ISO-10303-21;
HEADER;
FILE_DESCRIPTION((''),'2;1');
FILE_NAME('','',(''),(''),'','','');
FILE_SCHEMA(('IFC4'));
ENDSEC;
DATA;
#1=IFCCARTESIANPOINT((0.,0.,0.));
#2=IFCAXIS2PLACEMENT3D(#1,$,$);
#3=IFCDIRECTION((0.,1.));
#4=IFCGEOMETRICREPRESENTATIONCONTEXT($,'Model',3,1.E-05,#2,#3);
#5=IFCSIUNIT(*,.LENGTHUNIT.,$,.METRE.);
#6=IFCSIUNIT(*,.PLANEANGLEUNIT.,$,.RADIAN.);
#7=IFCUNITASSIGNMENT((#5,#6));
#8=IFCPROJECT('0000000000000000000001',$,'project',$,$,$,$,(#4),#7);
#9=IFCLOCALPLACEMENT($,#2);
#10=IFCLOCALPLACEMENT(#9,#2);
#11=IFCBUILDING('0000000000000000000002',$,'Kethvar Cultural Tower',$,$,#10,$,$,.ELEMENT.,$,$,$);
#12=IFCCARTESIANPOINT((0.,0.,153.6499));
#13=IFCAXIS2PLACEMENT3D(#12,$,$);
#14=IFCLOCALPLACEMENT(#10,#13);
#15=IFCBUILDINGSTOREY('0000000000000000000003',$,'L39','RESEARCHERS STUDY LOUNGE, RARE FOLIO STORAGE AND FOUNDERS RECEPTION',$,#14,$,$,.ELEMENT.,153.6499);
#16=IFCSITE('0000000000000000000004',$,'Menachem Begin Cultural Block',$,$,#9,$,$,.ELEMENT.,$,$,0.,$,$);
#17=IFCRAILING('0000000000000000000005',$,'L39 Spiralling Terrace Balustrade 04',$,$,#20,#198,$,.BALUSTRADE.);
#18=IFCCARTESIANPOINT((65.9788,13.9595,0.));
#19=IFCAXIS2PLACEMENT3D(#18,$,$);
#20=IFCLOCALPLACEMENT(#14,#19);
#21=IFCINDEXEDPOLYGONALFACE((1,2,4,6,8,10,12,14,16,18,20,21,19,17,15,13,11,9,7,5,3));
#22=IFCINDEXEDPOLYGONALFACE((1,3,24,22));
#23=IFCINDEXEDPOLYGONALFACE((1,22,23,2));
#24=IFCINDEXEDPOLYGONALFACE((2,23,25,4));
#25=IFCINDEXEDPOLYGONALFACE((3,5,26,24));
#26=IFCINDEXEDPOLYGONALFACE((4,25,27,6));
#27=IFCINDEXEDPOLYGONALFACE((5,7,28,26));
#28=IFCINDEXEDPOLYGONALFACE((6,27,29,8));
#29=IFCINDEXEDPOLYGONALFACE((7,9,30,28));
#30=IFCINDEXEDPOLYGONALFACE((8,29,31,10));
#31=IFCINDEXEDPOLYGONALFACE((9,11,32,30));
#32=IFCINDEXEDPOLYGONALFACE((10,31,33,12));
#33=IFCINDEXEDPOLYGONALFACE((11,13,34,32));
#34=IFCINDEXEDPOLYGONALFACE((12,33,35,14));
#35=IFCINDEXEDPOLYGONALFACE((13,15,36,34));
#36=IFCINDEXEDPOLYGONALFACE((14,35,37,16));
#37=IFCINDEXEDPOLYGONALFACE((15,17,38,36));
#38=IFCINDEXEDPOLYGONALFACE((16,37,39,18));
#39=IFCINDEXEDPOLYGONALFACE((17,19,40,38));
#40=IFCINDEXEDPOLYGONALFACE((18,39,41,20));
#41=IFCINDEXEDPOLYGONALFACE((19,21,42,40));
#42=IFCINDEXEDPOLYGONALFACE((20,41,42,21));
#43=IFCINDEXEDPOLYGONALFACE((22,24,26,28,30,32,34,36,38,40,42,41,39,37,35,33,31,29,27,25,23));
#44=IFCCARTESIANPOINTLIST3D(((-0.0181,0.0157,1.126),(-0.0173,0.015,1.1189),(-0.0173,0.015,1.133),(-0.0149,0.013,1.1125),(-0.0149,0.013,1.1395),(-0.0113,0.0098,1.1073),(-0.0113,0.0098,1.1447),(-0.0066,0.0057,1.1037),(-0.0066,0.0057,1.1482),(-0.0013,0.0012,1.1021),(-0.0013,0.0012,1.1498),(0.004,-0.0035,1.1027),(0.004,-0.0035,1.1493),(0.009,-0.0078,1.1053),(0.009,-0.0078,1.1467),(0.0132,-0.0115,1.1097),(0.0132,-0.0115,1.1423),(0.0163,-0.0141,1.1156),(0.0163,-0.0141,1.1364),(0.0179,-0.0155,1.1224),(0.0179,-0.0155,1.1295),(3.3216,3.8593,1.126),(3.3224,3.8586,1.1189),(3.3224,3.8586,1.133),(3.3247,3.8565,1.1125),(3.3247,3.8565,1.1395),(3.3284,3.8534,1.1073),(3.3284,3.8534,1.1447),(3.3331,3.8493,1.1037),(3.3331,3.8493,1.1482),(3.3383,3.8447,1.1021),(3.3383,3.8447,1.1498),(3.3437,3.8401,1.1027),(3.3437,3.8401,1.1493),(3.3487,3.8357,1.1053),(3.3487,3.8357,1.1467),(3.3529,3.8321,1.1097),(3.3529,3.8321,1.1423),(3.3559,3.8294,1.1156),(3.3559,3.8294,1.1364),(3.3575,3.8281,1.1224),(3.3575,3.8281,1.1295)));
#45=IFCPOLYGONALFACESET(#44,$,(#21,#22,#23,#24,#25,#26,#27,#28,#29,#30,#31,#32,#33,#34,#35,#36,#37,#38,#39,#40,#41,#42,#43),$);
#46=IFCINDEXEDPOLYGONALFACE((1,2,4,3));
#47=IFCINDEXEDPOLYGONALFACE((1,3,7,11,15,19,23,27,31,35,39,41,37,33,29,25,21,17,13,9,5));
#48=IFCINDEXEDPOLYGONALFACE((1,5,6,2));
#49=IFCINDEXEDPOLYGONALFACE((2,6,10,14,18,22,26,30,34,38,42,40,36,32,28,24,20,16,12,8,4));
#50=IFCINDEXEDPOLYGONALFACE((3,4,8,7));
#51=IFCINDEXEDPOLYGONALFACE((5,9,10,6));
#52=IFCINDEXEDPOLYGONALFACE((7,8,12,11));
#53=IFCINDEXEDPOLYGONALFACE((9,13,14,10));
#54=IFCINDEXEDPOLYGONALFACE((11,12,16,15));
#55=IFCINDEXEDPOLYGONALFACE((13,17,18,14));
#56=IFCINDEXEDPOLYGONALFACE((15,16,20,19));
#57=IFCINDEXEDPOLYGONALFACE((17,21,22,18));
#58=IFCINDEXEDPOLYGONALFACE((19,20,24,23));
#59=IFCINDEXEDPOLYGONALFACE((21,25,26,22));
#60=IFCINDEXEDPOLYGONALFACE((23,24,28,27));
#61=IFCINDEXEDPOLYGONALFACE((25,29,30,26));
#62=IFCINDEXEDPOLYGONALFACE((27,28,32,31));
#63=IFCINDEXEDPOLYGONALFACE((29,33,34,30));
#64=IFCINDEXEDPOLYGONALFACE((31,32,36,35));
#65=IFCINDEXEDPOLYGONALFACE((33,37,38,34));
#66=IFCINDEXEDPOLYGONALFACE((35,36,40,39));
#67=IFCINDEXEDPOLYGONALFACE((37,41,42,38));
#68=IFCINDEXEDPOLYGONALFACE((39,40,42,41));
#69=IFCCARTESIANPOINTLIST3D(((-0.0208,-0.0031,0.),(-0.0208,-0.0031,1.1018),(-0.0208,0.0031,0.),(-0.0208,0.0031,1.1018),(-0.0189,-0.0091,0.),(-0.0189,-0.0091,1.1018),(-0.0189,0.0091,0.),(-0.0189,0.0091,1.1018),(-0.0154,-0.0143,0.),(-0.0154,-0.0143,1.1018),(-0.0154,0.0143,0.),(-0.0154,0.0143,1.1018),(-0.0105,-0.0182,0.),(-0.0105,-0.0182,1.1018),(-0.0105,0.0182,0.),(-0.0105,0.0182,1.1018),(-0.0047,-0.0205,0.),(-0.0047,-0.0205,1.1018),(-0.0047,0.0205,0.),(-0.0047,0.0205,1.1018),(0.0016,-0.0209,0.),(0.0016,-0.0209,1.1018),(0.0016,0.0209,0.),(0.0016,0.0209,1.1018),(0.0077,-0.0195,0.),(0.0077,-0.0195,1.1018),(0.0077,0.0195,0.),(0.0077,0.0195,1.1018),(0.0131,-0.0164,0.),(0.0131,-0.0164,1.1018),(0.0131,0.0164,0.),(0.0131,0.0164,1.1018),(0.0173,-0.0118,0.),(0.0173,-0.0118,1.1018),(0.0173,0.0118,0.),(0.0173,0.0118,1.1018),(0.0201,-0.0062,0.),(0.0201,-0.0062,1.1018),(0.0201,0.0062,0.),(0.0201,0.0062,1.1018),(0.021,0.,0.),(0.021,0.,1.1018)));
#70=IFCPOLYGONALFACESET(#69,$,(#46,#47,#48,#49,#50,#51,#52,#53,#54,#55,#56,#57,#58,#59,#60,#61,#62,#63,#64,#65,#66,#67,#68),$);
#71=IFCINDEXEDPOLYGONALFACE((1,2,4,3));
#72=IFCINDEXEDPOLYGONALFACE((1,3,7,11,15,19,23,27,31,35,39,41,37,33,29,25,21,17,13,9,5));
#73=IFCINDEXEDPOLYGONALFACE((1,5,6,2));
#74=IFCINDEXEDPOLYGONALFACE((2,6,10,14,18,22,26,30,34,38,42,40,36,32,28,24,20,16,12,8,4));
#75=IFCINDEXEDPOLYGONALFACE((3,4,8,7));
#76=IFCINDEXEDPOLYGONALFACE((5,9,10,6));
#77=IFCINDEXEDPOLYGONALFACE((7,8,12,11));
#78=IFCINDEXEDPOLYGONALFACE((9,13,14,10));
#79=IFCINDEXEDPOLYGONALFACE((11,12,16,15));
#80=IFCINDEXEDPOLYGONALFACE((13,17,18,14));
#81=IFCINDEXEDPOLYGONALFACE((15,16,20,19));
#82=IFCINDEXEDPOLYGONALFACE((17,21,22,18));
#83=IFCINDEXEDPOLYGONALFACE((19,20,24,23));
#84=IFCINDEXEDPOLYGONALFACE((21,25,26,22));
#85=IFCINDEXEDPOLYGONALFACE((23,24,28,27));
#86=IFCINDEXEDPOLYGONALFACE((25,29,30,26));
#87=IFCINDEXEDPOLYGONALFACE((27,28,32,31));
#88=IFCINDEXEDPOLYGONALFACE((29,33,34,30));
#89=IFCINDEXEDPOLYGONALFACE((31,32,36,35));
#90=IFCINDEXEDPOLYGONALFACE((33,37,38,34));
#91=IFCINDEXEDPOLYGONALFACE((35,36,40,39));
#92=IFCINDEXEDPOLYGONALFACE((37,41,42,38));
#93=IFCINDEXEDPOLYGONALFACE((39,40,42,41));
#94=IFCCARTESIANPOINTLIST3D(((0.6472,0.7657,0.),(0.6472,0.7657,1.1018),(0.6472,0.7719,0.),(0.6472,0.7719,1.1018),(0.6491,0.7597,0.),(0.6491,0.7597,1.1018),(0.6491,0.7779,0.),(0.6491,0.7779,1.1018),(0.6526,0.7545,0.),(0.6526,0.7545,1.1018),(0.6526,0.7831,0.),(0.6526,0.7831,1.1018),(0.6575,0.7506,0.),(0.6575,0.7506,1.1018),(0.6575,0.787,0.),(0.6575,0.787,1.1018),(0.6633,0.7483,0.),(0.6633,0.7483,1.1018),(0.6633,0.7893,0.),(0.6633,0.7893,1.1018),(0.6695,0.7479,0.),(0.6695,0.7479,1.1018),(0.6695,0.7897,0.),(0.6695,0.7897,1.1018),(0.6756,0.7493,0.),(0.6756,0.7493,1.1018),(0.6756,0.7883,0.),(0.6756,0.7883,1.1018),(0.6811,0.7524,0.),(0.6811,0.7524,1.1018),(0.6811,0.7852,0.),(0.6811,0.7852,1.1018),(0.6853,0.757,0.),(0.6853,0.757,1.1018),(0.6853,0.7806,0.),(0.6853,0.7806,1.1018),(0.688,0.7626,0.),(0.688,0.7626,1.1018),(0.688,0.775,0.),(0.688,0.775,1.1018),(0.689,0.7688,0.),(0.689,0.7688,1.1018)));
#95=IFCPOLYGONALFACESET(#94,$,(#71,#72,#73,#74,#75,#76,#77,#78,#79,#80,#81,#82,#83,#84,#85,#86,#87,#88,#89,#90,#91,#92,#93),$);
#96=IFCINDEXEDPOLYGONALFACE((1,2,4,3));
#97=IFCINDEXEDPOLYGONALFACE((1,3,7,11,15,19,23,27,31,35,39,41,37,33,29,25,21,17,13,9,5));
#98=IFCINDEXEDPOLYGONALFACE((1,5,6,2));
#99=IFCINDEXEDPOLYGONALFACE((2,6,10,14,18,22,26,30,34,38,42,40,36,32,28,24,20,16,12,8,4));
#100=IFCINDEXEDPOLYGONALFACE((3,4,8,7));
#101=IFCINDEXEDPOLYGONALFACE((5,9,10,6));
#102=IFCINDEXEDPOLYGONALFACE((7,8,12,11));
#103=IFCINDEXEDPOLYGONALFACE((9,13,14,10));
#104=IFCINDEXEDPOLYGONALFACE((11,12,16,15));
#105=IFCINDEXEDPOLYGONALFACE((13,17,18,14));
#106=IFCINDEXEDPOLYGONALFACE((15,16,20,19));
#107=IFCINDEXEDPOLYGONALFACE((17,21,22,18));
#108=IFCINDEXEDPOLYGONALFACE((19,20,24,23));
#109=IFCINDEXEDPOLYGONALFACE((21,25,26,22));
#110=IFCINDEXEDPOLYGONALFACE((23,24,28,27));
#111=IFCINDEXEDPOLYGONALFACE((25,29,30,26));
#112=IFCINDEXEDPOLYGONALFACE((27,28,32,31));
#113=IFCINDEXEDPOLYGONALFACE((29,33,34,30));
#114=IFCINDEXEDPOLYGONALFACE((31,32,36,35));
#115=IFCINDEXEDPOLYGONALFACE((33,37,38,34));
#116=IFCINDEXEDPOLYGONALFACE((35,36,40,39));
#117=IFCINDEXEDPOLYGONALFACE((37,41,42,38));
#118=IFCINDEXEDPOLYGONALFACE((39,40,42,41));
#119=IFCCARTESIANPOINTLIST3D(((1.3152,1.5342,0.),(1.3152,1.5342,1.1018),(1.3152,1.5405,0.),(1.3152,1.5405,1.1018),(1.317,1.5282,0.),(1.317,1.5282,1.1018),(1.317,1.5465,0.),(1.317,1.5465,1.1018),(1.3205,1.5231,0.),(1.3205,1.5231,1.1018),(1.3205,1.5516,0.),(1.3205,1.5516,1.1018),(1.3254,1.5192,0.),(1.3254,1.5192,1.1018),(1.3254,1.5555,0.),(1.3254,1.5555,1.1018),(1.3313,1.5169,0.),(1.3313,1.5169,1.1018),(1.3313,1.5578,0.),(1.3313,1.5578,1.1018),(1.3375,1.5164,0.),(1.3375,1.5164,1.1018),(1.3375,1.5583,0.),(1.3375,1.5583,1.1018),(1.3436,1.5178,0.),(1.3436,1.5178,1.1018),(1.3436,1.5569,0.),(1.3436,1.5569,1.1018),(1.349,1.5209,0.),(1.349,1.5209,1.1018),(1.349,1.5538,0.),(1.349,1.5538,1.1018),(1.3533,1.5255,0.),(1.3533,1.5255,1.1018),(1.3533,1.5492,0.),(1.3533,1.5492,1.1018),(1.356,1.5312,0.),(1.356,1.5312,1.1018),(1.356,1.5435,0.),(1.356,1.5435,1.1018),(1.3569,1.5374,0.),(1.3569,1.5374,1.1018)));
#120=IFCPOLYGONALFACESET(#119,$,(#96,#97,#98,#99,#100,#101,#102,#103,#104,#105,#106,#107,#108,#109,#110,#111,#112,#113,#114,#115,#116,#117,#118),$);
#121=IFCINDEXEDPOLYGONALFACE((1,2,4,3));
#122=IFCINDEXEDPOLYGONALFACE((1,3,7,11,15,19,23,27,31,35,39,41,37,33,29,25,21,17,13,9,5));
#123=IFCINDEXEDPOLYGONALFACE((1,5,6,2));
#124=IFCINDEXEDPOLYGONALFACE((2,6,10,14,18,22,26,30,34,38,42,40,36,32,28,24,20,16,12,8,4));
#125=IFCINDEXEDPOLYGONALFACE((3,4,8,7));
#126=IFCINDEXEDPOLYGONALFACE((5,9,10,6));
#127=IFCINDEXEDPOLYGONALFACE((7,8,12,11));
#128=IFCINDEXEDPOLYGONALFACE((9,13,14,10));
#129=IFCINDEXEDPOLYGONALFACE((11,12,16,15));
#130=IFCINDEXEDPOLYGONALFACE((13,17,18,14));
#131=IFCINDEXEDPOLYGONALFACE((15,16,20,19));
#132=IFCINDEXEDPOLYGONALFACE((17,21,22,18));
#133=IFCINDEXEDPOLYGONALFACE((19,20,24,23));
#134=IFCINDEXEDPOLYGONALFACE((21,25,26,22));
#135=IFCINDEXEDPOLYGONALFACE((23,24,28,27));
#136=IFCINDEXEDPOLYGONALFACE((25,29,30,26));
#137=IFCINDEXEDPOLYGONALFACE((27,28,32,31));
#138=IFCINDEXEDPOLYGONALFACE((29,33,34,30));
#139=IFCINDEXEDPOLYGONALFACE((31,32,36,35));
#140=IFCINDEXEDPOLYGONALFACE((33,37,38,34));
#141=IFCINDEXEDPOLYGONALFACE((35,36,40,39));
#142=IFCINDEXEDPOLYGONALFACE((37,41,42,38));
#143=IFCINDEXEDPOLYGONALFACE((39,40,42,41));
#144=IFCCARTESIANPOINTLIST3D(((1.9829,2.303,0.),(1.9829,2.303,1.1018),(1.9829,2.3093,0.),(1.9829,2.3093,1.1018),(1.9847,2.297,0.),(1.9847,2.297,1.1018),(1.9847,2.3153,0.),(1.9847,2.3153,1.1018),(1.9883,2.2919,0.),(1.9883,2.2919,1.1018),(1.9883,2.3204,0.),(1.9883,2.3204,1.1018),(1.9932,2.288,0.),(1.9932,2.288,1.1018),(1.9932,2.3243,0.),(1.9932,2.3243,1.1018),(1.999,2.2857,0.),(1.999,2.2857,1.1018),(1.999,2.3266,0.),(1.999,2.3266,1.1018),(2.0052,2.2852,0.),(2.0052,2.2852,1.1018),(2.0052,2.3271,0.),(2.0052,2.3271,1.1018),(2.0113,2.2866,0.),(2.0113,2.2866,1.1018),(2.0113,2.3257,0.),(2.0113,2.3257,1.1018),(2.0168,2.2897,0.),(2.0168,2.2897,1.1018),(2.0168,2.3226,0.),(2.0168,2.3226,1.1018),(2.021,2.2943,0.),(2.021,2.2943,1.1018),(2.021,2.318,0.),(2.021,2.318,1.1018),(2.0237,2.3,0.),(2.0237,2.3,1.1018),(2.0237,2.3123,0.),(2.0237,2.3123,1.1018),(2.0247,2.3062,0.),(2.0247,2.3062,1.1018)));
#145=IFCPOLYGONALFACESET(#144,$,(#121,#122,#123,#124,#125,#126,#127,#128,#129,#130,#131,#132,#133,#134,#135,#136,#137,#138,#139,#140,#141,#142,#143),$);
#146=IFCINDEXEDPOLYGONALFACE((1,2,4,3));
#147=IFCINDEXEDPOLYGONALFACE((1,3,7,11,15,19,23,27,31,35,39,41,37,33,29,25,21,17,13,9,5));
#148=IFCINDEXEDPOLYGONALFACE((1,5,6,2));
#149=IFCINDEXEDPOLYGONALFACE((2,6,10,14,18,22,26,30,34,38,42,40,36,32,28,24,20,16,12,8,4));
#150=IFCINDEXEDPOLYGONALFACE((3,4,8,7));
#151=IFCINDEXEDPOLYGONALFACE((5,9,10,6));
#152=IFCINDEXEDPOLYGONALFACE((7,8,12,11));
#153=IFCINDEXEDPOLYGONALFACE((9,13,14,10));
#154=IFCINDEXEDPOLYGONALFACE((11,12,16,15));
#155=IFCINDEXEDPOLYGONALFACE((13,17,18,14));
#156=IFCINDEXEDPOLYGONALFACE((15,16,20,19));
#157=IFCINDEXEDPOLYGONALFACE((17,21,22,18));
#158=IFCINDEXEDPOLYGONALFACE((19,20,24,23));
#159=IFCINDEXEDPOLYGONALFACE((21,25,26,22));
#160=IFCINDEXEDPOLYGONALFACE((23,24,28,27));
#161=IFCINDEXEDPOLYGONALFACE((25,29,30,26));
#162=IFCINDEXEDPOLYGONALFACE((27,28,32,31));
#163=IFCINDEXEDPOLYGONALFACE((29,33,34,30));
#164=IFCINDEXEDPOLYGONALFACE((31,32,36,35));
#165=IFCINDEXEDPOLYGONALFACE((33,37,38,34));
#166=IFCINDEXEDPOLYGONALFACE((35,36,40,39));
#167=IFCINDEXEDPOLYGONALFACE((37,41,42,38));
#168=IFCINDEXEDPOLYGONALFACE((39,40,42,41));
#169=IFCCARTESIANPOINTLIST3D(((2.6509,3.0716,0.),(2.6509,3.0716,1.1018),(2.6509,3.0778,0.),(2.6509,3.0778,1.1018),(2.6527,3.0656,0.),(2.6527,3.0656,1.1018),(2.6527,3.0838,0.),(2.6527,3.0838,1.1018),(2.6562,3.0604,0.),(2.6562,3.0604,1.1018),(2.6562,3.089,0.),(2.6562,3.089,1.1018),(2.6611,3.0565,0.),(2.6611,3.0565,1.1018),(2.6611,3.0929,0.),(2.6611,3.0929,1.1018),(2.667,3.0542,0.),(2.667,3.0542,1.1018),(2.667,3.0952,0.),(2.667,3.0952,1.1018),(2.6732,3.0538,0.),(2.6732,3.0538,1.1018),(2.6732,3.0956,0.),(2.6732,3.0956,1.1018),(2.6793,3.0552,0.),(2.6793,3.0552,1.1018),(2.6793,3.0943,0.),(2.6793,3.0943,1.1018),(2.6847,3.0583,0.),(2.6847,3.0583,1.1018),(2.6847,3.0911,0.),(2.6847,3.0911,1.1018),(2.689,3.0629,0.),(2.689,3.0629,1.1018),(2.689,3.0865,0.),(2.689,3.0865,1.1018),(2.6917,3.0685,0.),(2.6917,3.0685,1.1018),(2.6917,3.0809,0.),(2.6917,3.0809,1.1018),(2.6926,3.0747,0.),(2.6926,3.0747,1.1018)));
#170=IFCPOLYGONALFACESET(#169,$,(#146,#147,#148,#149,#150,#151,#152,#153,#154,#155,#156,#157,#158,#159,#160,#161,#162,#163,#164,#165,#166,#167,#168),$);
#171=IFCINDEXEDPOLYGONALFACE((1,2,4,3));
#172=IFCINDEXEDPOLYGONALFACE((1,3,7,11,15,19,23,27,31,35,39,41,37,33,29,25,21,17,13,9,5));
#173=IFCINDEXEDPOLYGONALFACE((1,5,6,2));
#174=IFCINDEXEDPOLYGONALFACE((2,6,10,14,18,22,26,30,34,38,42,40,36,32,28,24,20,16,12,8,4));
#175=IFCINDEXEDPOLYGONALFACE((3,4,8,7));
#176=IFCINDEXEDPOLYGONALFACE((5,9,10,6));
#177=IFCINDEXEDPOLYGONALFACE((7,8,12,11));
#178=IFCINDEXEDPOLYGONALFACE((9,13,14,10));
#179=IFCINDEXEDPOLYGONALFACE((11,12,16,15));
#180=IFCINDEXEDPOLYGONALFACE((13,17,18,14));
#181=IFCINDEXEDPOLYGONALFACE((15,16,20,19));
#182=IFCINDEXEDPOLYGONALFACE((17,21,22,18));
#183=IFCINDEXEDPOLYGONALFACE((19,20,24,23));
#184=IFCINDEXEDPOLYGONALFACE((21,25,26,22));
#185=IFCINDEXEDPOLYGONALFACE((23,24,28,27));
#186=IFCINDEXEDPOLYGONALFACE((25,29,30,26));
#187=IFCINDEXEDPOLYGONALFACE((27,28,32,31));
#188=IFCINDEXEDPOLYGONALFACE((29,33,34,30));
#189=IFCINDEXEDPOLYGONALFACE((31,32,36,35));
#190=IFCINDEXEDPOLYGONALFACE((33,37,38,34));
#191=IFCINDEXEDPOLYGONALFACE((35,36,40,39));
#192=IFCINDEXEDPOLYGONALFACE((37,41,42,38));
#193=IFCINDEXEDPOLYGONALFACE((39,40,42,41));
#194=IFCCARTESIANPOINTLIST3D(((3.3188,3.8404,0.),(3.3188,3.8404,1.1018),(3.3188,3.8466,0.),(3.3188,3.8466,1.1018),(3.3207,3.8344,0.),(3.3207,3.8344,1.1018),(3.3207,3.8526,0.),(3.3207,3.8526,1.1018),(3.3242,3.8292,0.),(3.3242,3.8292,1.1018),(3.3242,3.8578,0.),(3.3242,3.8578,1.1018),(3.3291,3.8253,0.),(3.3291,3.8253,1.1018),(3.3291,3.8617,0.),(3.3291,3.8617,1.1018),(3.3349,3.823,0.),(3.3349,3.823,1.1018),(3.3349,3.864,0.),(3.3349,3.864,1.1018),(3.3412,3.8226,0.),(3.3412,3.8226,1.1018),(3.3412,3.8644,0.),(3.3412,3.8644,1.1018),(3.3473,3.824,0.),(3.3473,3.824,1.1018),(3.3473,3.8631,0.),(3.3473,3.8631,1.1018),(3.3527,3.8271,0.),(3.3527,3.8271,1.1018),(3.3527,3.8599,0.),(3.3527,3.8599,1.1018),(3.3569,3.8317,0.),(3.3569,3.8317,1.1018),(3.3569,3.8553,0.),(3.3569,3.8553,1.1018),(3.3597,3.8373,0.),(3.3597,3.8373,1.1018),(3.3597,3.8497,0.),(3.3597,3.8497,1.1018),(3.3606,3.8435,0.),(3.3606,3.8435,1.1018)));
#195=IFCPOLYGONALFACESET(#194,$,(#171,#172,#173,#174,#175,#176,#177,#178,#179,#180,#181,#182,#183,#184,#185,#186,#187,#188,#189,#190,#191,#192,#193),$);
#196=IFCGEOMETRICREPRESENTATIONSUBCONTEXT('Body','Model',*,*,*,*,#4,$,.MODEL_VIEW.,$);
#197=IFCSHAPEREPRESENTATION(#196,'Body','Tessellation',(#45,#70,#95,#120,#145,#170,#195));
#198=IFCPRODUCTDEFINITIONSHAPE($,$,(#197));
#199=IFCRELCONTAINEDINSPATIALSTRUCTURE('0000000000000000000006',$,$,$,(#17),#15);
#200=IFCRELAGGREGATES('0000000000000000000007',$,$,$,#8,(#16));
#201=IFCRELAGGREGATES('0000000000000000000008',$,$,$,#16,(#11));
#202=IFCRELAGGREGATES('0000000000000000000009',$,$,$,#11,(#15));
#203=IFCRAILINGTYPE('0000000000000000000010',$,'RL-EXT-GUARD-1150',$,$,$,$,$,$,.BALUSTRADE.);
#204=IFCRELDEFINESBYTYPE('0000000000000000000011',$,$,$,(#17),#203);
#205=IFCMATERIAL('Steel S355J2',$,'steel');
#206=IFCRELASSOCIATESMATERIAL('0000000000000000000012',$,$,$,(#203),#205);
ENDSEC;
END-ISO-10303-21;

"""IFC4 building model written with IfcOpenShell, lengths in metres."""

from ifc_helpers import new_model, si_unit, direction, frame, origin, origin_2d, place, context, subcontext, project, spatial, circle, extrude, material, type_object, element, save


model = new_model("IFC4")

# Units and contexts
model_context = context("Model", 3, precision=1e-05, world=origin(), true_north=direction((0.0, 1.0)))
body_context = subcontext(model_context, "Body", "Model", "MODEL_VIEW")
ifc_project = project(units=[si_unit("LENGTHUNIT", "METRE"), si_unit("PLANEANGLEUNIT", "RADIAN")], contexts=[model_context])

# Site, building, storey
site_placement = place(None, origin())
site = spatial("IfcSite", under=ifc_project, at=site_placement, Name="Menachem Begin Cultural Block", CompositionType="ELEMENT", RefElevation=0.0)
building_placement = place(site_placement, origin())
building = spatial("IfcBuilding", under=site, at=building_placement, Name="Kethvar Cultural Tower", CompositionType="ELEMENT")
storey_placement = place(building_placement, frame((0.0, 0.0, 153.6499)))
storey = spatial("IfcBuildingStorey", under=building, at=storey_placement, Name="L39", Description="RESEARCHERS STUDY LOUNGE, RARE FOLIO STORAGE AND FOUNDERS RECEPTION", CompositionType="ELEMENT", Elevation=153.6499)

# Shared definitions
ifc_material_1 = material(Name="Steel S355J2", Category="steel")

# Railing
railing_type = type_object("IfcRailingType", Name="RL-EXT-GUARD-1150", PredefinedType="BALUSTRADE", material=ifc_material_1)
railing_1_placement = place(storey_placement, frame((65.9788, 13.9595, 0.0)))
element("IfcRailing", 1, at=railing_1_placement, inside=storey, type_object=railing_type, Name="L39 Spiralling Terrace Balustrade 04", PredefinedType="BALUSTRADE", context=body_context, shape_type="SweptSolid", body=[
    extrude(circle(Radius=0.0239, at=origin_2d()), frame((0.0, 0.0, 1.126), z_axis=(0.65589, 0.754856, 0.0), x_axis=(-0.754856, 0.65589, 0.0)), (0.0, 0.0, 1.0), 5.0918),
    extrude(circle(Radius=0.021, at=origin_2d()), origin(), (0.0, 0.0, 1.0), 1.1018),
    extrude(circle(Radius=0.021, at=origin_2d()), frame((0.668, 0.7688, 0.0)), (0.0, 0.0, 1.0), 1.1018),
    extrude(circle(Radius=0.021, at=origin_2d()), frame((1.3359, 1.5374, 0.0)), (0.0, 0.0, 1.0), 1.1018),
    extrude(circle(Radius=0.021, at=origin_2d()), frame((2.0037, 2.3062, 0.0)), (0.0, 0.0, 1.0), 1.1018),
    extrude(circle(Radius=0.021, at=origin_2d()), frame((2.6716, 3.0747, 0.0)), (0.0, 0.0, 1.0), 1.1018),
    extrude(circle(Radius=0.021, at=origin_2d()), frame((3.3396, 3.8435, 0.0)), (0.0, 0.0, 1.0), 1.1018),
])

save(model, "model.ifc")
